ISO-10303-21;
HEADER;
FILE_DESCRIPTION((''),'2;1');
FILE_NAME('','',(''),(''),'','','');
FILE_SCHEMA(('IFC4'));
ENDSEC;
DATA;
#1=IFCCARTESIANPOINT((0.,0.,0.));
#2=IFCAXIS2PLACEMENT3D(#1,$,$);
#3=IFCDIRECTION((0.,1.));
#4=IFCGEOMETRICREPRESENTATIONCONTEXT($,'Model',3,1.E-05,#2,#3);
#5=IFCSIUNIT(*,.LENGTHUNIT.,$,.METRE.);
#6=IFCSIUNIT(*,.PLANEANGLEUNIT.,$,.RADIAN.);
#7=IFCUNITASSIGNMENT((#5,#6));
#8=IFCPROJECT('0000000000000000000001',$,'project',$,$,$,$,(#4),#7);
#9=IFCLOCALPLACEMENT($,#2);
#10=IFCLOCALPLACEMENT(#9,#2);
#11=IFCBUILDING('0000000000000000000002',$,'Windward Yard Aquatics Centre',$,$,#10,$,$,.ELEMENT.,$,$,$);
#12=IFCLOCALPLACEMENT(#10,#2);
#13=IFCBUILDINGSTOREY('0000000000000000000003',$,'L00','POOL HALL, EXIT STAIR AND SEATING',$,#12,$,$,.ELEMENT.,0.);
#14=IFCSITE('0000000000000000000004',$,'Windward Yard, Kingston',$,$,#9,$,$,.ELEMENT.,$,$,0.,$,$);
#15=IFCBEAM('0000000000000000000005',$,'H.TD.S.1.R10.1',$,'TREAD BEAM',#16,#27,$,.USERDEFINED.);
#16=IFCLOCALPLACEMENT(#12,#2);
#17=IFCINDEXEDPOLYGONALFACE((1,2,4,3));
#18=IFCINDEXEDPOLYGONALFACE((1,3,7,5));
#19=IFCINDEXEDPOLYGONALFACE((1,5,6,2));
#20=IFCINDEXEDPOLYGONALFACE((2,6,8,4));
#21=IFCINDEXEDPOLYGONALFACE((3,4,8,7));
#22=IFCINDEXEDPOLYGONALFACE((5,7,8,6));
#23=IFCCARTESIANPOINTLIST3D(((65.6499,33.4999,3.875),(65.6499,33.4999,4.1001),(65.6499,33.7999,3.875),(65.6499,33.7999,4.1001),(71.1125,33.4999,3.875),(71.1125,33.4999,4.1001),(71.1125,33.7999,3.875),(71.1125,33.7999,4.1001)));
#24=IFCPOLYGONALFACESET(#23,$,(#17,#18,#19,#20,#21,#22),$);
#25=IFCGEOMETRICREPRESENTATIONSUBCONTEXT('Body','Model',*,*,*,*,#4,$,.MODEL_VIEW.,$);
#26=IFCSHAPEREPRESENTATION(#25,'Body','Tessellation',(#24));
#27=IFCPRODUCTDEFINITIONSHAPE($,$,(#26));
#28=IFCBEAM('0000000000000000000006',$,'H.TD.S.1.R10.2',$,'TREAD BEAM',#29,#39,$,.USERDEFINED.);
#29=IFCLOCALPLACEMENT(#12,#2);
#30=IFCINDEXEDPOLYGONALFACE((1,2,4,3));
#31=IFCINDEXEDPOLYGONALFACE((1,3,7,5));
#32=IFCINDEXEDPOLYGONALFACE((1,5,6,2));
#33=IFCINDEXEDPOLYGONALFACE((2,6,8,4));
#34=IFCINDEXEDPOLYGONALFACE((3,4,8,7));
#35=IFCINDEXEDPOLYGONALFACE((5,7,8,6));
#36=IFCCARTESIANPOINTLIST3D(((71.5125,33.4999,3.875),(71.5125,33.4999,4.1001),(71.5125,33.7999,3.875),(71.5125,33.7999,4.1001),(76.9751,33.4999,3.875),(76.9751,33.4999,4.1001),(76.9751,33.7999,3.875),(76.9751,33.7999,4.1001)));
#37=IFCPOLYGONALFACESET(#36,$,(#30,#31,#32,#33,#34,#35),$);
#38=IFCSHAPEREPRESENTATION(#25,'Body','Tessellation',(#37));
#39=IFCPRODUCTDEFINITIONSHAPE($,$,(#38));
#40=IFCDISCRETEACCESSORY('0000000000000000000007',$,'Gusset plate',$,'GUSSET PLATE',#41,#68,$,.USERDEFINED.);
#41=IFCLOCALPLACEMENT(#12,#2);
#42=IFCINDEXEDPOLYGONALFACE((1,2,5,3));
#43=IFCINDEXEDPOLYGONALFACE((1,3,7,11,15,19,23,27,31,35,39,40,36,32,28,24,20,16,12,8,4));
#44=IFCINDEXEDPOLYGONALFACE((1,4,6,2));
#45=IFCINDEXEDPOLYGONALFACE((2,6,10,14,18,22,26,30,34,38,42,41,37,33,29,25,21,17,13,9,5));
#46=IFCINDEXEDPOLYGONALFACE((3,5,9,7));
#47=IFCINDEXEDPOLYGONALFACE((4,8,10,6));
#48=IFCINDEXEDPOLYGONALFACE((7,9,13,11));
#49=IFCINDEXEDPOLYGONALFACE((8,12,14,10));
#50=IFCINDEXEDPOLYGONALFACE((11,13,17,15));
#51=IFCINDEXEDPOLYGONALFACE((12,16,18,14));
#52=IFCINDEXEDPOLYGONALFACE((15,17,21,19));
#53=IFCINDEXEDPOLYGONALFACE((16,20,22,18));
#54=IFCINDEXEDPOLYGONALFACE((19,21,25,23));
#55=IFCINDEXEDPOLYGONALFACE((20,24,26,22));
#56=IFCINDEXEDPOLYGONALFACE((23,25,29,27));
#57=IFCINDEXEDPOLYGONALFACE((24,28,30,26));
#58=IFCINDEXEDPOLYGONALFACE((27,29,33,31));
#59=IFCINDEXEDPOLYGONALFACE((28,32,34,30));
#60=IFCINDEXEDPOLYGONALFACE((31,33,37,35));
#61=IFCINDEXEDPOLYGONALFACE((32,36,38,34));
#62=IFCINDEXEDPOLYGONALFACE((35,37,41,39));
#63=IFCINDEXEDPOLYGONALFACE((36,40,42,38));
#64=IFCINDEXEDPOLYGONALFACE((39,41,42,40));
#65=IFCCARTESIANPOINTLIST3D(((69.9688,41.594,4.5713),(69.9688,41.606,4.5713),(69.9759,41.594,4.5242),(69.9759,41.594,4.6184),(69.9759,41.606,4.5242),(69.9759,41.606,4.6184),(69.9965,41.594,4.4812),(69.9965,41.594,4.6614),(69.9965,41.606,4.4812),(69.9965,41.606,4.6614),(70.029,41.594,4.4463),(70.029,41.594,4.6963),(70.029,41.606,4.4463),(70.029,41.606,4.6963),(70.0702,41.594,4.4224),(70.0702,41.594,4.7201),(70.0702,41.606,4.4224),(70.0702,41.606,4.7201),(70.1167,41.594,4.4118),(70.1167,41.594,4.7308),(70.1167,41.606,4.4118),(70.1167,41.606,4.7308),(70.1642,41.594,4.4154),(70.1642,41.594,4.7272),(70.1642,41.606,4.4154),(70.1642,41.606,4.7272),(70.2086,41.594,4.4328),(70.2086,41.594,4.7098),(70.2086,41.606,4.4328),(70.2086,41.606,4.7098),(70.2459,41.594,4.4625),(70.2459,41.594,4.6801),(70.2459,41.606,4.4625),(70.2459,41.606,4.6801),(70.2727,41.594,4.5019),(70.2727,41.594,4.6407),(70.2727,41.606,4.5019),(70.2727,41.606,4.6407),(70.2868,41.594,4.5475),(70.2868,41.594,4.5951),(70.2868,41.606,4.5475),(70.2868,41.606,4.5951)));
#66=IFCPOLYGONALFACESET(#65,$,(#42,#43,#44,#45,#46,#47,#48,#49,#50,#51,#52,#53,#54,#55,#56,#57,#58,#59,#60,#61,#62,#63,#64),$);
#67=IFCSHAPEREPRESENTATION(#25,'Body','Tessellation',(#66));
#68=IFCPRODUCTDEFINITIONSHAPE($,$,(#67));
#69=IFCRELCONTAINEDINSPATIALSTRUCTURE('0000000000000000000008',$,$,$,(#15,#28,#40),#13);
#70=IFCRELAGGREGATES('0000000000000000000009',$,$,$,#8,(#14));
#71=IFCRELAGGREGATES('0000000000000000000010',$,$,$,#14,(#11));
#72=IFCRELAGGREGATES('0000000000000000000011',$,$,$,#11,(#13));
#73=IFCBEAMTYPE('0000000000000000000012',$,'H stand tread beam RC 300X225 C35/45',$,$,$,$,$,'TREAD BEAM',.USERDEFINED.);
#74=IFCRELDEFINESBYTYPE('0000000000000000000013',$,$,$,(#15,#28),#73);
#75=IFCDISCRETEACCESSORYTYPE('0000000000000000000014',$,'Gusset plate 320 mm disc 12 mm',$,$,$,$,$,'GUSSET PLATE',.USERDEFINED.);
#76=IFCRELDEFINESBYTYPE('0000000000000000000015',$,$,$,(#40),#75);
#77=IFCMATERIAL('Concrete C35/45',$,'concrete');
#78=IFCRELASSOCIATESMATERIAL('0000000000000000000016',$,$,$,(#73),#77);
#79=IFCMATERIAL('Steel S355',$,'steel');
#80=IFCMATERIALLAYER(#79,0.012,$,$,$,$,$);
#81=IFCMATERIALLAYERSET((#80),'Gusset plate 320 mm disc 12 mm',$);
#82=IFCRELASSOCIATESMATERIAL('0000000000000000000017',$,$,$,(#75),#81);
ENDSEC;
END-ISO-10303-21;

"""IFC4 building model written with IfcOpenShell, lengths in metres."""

from ifc_helpers import new_model, si_unit, direction, frame, origin, origin_2d, place, context, subcontext, project, spatial, rectangle, circle, extrude, material, layer, layer_set, material_profile, profile_set, type_object, element, save


model = new_model("IFC4")

# Units and contexts
model_context = context("Model", 3, precision=1e-05, world=origin(), true_north=direction((0.0, 1.0)))
body_context = subcontext(model_context, "Body", "Model", "MODEL_VIEW")
ifc_project = project(units=[si_unit("LENGTHUNIT", "METRE"), si_unit("PLANEANGLEUNIT", "RADIAN")], contexts=[model_context])

# Site, building, storey
site_placement = place(None, origin())
site = spatial("IfcSite", under=ifc_project, at=site_placement, Name="Windward Yard, Kingston", CompositionType="ELEMENT", RefElevation=0.0)
building_placement = place(site_placement, origin())
building = spatial("IfcBuilding", under=site, at=building_placement, Name="Windward Yard Aquatics Centre", CompositionType="ELEMENT")
storey_placement = place(building_placement, origin())
storey = spatial("IfcBuildingStorey", under=building, at=storey_placement, Name="L00", Description="POOL HALL, EXIT STAIR AND SEATING", CompositionType="ELEMENT", Elevation=0.0)

# Shared definitions
ifc_material_1 = material(Name="Concrete C35/45", Category="concrete")

# Beams
ifc_material_profile_1 = material_profile(ifc_material_1, rectangle(XDim=0.3, YDim=0.2251, at=origin_2d()), Name="RC 300X225")
ifc_profile_set_1 = profile_set([ifc_material_profile_1], Name="Concrete C35/45")
beam_type_1 = type_object("IfcBeamType", Name="H stand tread beam RC 300X225 C35/45", ElementType="TREAD BEAM", PredefinedType="USERDEFINED", material=ifc_profile_set_1)
for number, where, z_axis, x_axis, name in (
    (1, (65.6499, 33.6499, 3.9875), (1.0, 0.0, 0.0), (0.0, 1.0, 0.0), "H.TD.S.1.R10.1"),
    (2, (71.5125, 33.6499, 3.9875), (1.0, 0.0, 0.0), (0.0, 1.0, 0.0), "H.TD.S.1.R10.2"),
):
    element("IfcBeam", number, at=place(storey_placement, frame(where, z_axis=z_axis, x_axis=x_axis)), inside=storey, type_object=beam_type_1, Name=name, ObjectType="TREAD BEAM", PredefinedType="USERDEFINED", context=body_context, shape_type="SweptSolid", body=[
        extrude(rectangle(XDim=0.3, YDim=0.2251, at=origin_2d()), origin(), (0.0, 0.0, 1.0), 5.4626),
    ])

# Discrete accessory
ifc_material_2 = material(Name="Steel S355", Category="steel")
ifc_layer = layer(ifc_material_2, 0.012)
ifc_layer_set = layer_set([ifc_layer], Name="Gusset plate 320 mm disc 12 mm")
discrete_accessory_type = type_object("IfcDiscreteAccessoryType", Name="Gusset plate 320 mm disc 12 mm", ElementType="GUSSET PLATE", PredefinedType="USERDEFINED", material=ifc_layer_set)
discrete_accessory_placement = place(storey_placement, frame((70.1287, 41.594, 4.5713), z_axis=(0.0, 1.0, 0.0), x_axis=(-1.0, 0.0, 0.0)))
element("IfcDiscreteAccessory", 3, at=discrete_accessory_placement, inside=storey, type_object=discrete_accessory_type, Name="Gusset plate", ObjectType="GUSSET PLATE", PredefinedType="USERDEFINED", context=body_context, shape_type="SweptSolid", body=[
    extrude(circle(Radius=0.1599, at=origin_2d()), origin(), (0.0, 0.0, 1.0), 0.012),
])

save(model, "model.ifc")
